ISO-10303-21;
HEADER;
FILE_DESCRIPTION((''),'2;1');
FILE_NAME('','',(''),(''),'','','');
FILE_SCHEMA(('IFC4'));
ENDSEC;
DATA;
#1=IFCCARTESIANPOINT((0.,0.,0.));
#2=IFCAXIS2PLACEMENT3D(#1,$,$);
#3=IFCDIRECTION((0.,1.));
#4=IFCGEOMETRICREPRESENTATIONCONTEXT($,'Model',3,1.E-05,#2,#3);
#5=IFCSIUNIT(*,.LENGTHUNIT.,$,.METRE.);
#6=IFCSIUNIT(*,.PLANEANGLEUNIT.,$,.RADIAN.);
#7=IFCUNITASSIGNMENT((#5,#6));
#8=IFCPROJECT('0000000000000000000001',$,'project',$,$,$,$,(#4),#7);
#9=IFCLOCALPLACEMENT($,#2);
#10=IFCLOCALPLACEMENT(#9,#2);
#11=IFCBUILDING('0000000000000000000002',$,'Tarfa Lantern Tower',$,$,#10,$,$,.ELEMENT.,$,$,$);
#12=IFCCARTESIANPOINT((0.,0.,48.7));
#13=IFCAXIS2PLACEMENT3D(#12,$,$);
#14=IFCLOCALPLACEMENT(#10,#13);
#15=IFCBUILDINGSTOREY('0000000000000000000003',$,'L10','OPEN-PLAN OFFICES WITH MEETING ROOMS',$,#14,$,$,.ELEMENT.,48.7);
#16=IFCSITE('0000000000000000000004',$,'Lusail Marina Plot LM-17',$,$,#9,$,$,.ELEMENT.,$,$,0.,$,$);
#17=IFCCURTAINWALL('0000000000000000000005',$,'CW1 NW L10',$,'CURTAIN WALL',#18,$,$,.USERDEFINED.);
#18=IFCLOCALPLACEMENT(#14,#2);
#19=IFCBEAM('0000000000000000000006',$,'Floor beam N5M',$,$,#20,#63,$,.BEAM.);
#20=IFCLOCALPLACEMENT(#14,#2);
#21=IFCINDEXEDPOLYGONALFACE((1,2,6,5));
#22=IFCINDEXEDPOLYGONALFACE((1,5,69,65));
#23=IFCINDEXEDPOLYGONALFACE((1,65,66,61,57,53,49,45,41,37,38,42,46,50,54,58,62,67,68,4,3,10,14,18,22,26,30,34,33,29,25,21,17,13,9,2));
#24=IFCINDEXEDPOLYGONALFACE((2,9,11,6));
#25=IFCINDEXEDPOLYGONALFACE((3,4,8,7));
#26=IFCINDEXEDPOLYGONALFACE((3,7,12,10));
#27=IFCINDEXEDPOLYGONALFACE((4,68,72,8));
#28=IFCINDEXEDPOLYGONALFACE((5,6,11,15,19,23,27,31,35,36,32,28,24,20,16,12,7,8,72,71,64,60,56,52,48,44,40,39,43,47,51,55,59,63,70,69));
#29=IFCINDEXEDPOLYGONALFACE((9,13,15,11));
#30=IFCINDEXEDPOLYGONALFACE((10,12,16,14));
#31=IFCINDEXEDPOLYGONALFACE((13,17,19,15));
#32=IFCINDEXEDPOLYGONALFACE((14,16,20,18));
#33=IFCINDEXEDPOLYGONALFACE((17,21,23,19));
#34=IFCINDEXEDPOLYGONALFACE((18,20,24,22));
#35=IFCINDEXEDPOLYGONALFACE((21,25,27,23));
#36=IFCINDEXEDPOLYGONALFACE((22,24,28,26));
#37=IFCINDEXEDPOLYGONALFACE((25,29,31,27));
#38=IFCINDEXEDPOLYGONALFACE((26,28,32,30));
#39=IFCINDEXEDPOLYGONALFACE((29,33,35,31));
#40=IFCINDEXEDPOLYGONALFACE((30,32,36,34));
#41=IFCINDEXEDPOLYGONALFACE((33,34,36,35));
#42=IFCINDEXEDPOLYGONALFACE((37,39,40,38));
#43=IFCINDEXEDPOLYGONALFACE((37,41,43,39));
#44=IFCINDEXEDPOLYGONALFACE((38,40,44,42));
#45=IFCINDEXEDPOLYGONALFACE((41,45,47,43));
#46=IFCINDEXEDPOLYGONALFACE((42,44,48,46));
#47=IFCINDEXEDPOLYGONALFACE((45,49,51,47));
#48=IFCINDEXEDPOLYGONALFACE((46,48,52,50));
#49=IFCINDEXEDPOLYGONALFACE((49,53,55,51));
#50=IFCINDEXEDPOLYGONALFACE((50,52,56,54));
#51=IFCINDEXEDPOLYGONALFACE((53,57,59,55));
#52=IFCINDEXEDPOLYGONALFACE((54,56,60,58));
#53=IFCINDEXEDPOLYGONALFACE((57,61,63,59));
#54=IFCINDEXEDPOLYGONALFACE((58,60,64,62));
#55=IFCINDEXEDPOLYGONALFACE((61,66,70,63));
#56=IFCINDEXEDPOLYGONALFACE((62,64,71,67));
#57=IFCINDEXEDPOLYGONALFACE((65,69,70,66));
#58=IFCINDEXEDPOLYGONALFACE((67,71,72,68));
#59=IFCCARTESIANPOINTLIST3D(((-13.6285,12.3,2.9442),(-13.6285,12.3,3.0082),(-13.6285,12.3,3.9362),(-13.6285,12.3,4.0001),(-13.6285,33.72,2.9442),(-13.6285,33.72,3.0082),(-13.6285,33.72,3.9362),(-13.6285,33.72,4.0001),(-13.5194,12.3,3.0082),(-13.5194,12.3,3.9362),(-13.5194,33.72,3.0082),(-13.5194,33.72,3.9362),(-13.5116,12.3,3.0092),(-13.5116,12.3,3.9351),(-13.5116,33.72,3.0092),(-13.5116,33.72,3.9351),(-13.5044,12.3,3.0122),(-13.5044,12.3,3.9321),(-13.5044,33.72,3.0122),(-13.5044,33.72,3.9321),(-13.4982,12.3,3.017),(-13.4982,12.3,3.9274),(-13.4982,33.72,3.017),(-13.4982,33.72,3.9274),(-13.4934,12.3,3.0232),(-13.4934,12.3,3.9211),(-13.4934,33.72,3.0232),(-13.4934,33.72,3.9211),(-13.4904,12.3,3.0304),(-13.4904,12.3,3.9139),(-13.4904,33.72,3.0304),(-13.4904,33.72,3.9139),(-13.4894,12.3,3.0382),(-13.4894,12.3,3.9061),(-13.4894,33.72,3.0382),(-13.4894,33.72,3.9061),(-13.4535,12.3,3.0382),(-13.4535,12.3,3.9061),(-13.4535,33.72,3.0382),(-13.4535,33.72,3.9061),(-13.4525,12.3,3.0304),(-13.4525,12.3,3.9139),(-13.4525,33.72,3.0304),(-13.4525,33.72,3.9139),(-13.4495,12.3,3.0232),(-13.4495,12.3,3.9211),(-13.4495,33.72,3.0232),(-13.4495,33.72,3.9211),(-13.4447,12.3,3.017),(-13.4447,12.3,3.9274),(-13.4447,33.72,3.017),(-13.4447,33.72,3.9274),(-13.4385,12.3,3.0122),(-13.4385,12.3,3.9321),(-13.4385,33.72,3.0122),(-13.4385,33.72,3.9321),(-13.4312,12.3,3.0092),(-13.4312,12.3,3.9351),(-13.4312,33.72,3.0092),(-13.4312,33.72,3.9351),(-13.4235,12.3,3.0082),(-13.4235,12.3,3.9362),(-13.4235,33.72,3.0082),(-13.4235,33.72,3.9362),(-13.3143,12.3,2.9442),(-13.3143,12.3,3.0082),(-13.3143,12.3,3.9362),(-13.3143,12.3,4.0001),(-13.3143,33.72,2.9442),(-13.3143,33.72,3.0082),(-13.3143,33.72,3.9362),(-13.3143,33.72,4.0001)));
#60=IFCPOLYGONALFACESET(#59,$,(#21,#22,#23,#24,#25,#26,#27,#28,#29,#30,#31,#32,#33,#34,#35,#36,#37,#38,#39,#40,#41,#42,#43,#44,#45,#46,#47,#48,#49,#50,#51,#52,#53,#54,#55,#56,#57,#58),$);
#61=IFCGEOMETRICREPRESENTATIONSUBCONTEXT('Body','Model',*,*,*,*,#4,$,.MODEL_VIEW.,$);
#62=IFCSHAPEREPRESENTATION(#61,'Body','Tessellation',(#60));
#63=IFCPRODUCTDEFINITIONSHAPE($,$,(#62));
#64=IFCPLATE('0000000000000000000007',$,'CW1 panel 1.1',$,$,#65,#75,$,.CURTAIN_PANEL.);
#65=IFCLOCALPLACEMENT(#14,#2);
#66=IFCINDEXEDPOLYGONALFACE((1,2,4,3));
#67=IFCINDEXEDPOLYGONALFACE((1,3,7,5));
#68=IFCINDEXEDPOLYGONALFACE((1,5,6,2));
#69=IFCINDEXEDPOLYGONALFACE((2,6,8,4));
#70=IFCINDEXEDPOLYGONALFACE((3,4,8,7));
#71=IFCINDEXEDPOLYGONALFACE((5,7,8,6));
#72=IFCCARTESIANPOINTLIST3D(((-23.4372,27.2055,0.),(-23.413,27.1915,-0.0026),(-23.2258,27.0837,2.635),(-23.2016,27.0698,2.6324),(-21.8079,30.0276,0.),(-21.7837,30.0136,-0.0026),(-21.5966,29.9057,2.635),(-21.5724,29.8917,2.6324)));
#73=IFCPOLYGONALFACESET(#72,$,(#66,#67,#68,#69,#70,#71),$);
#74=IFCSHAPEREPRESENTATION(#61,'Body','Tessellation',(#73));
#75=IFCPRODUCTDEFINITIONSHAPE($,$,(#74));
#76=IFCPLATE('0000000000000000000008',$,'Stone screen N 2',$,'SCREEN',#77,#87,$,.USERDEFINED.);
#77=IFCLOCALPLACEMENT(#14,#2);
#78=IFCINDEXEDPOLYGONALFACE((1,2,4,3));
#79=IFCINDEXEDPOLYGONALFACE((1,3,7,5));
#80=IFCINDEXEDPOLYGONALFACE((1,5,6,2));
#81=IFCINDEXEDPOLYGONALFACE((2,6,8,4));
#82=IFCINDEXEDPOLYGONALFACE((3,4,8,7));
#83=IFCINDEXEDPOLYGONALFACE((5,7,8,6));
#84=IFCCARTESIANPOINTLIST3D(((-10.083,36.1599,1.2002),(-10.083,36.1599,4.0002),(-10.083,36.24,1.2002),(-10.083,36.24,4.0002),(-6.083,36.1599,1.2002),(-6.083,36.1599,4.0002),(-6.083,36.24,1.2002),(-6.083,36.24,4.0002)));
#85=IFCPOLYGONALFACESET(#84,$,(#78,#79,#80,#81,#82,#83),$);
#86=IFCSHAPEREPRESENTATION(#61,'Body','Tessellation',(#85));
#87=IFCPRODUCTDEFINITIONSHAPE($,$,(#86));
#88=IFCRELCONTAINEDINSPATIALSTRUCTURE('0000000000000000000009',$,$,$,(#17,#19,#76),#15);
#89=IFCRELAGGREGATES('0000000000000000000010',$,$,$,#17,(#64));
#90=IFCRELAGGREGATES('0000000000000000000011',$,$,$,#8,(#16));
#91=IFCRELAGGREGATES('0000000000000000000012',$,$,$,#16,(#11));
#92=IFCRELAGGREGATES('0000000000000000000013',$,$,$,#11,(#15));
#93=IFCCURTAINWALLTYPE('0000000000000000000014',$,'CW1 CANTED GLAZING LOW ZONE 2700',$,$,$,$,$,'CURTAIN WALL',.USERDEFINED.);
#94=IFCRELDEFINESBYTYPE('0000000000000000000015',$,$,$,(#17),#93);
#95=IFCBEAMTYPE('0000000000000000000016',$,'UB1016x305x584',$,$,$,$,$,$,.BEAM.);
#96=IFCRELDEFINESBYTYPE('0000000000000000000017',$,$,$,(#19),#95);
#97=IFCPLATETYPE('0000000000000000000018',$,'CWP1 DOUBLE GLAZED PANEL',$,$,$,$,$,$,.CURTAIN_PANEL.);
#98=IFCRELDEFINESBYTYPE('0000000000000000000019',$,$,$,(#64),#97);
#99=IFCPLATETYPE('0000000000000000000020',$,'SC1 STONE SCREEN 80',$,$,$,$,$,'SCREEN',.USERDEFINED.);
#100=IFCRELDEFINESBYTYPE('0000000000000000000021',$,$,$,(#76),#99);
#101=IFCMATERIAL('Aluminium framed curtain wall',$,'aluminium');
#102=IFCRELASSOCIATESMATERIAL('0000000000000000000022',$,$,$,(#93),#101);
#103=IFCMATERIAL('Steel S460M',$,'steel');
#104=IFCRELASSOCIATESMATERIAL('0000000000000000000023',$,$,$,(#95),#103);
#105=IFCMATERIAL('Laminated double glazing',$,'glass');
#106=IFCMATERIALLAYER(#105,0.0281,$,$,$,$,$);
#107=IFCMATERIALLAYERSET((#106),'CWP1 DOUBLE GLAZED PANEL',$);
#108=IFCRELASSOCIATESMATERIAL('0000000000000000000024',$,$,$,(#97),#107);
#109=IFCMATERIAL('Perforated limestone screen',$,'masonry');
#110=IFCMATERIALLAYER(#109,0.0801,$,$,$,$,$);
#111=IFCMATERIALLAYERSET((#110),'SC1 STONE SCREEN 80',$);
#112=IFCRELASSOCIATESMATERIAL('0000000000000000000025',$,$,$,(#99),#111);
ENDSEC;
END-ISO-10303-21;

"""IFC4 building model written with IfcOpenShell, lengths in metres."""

from ifc_helpers import new_model, si_unit, direction, frame, origin, origin_2d, place, context, subcontext, project, spatial, polyline, rectangle, i_section, outline, extrude, material, layer, layer_set, material_profile, profile_set, type_object, element, aggregate, save


model = new_model("IFC4")

# Units and contexts
model_context = context("Model", 3, precision=1e-05, world=origin(), true_north=direction((0.0, 1.0)))
body_context = subcontext(model_context, "Body", "Model", "MODEL_VIEW")
ifc_project = project(units=[si_unit("LENGTHUNIT", "METRE"), si_unit("PLANEANGLEUNIT", "RADIAN")], contexts=[model_context])

# Site, building, storey
site_placement = place(None, origin())
site = spatial("IfcSite", under=ifc_project, at=site_placement, Name="Lusail Marina Plot LM-17", CompositionType="ELEMENT", RefElevation=0.0)
building_placement = place(site_placement, origin())
building = spatial("IfcBuilding", under=site, at=building_placement, Name="Tarfa Lantern Tower", CompositionType="ELEMENT")
storey_placement = place(building_placement, frame((0.0, 0.0, 48.7)))
storey = spatial("IfcBuildingStorey", under=building, at=storey_placement, Name="L10", Description="OPEN-PLAN OFFICES WITH MEETING ROOMS", CompositionType="ELEMENT", Elevation=48.7)

# Curtain wall
ifc_material_1 = material(Name="Aluminium framed curtain wall", Category="aluminium")
curtain_wall_type = type_object("IfcCurtainWallType", Name="CW1 CANTED GLAZING LOW ZONE 2700", ElementType="CURTAIN WALL", PredefinedType="USERDEFINED", material=ifc_material_1)
curtain_wall_placement = place(storey_placement, origin())
curtain_wall = element("IfcCurtainWall", 1, at=curtain_wall_placement, inside=storey, type_object=curtain_wall_type, Name="CW1 NW L10", ObjectType="CURTAIN WALL", PredefinedType="USERDEFINED")

# Beam
ifc_material_2 = material(Name="Steel S460M", Category="steel")
ifc_material_profile_1 = material_profile(ifc_material_2, i_section(OverallWidth=0.3142, OverallDepth=1.0559, WebThickness=0.0359, FlangeThickness=0.064, FilletRadius=0.03, at=origin_2d()), Name="UB1016x305x584")
ifc_profile_set_1 = profile_set([ifc_material_profile_1], Name="Steel S460M")
beam_type_1 = type_object("IfcBeamType", Name="UB1016x305x584", PredefinedType="BEAM", material=ifc_profile_set_1)
for number, where, z_axis, x_axis, name in (
    (2, (-13.4714, 33.72, 3.4722), (0.0, -1.0, 0.0), (1.0, 0.0, 0.0), "Floor beam N5M"),
):
    element("IfcBeam", number, at=place(storey_placement, frame(where, z_axis=z_axis, x_axis=x_axis)), inside=storey, type_object=beam_type_1, Name=name, PredefinedType="BEAM", context=body_context, shape_type="SweptSolid", body=[
        extrude(i_section(OverallWidth=0.3142, OverallDepth=1.0559, WebThickness=0.0359, FlangeThickness=0.064, FilletRadius=0.03, at=origin_2d()), origin(), (0.0, 0.0, 1.0), 21.4199),
    ])

# Plates
ifc_material_3 = material(Name="Laminated double glazing", Category="glass")
ifc_layer_1 = layer(ifc_material_3, 0.0281)
ifc_layer_set_1 = layer_set([ifc_layer_1], Name="CWP1 DOUBLE GLAZED PANEL")
plate_type_1 = type_object("IfcPlateType", Name="CWP1 DOUBLE GLAZED PANEL", PredefinedType="CURTAIN_PANEL", material=ifc_layer_set_1)
plate_1_placement = place(storey_placement, frame((-21.8079, 30.0276, 0.0), z_axis=(-0.862342, 0.497867, 0.09217), x_axis=(-0.499995, -0.866028, -0.000003)))
plate_1 = element("IfcPlate", 3, at=plate_1_placement, type_object=plate_type_1, Name="CW1 panel 1.1", PredefinedType="CURTAIN_PANEL", context=body_context, shape_type="SweptSolid", body=[
    extrude(outline(polyline([(0.0, 0.0), (3.2586, 0.0), (3.2584, 2.6463), (-0.0001, 2.6463), (0.0, 0.0)])), origin(), (0.0, 0.0, -1.0), 0.0281),
])
aggregate(curtain_wall, [plate_1])
ifc_material_4 = material(Name="Perforated limestone screen", Category="masonry")
ifc_layer_2 = layer(ifc_material_4, 0.0801)
ifc_layer_set_2 = layer_set([ifc_layer_2], Name="SC1 STONE SCREEN 80")
plate_type_2 = type_object("IfcPlateType", Name="SC1 STONE SCREEN 80", ElementType="SCREEN", PredefinedType="USERDEFINED", material=ifc_layer_set_2)
plate_2_placement = place(storey_placement, frame((-8.083, 36.2, 1.2002), z_axis=(0.0, 0.0, 1.0), x_axis=(-1.0, 0.0, 0.0)))
element("IfcPlate", 4, at=plate_2_placement, inside=storey, type_object=plate_type_2, Name="Stone screen N 2", ObjectType="SCREEN", PredefinedType="USERDEFINED", context=body_context, shape_type="SweptSolid", body=[
    extrude(rectangle(XDim=4.0, YDim=0.0801, at=origin_2d()), origin(), (0.0, 0.0, 1.0), 2.8),
])

save(model, "model.ifc")
